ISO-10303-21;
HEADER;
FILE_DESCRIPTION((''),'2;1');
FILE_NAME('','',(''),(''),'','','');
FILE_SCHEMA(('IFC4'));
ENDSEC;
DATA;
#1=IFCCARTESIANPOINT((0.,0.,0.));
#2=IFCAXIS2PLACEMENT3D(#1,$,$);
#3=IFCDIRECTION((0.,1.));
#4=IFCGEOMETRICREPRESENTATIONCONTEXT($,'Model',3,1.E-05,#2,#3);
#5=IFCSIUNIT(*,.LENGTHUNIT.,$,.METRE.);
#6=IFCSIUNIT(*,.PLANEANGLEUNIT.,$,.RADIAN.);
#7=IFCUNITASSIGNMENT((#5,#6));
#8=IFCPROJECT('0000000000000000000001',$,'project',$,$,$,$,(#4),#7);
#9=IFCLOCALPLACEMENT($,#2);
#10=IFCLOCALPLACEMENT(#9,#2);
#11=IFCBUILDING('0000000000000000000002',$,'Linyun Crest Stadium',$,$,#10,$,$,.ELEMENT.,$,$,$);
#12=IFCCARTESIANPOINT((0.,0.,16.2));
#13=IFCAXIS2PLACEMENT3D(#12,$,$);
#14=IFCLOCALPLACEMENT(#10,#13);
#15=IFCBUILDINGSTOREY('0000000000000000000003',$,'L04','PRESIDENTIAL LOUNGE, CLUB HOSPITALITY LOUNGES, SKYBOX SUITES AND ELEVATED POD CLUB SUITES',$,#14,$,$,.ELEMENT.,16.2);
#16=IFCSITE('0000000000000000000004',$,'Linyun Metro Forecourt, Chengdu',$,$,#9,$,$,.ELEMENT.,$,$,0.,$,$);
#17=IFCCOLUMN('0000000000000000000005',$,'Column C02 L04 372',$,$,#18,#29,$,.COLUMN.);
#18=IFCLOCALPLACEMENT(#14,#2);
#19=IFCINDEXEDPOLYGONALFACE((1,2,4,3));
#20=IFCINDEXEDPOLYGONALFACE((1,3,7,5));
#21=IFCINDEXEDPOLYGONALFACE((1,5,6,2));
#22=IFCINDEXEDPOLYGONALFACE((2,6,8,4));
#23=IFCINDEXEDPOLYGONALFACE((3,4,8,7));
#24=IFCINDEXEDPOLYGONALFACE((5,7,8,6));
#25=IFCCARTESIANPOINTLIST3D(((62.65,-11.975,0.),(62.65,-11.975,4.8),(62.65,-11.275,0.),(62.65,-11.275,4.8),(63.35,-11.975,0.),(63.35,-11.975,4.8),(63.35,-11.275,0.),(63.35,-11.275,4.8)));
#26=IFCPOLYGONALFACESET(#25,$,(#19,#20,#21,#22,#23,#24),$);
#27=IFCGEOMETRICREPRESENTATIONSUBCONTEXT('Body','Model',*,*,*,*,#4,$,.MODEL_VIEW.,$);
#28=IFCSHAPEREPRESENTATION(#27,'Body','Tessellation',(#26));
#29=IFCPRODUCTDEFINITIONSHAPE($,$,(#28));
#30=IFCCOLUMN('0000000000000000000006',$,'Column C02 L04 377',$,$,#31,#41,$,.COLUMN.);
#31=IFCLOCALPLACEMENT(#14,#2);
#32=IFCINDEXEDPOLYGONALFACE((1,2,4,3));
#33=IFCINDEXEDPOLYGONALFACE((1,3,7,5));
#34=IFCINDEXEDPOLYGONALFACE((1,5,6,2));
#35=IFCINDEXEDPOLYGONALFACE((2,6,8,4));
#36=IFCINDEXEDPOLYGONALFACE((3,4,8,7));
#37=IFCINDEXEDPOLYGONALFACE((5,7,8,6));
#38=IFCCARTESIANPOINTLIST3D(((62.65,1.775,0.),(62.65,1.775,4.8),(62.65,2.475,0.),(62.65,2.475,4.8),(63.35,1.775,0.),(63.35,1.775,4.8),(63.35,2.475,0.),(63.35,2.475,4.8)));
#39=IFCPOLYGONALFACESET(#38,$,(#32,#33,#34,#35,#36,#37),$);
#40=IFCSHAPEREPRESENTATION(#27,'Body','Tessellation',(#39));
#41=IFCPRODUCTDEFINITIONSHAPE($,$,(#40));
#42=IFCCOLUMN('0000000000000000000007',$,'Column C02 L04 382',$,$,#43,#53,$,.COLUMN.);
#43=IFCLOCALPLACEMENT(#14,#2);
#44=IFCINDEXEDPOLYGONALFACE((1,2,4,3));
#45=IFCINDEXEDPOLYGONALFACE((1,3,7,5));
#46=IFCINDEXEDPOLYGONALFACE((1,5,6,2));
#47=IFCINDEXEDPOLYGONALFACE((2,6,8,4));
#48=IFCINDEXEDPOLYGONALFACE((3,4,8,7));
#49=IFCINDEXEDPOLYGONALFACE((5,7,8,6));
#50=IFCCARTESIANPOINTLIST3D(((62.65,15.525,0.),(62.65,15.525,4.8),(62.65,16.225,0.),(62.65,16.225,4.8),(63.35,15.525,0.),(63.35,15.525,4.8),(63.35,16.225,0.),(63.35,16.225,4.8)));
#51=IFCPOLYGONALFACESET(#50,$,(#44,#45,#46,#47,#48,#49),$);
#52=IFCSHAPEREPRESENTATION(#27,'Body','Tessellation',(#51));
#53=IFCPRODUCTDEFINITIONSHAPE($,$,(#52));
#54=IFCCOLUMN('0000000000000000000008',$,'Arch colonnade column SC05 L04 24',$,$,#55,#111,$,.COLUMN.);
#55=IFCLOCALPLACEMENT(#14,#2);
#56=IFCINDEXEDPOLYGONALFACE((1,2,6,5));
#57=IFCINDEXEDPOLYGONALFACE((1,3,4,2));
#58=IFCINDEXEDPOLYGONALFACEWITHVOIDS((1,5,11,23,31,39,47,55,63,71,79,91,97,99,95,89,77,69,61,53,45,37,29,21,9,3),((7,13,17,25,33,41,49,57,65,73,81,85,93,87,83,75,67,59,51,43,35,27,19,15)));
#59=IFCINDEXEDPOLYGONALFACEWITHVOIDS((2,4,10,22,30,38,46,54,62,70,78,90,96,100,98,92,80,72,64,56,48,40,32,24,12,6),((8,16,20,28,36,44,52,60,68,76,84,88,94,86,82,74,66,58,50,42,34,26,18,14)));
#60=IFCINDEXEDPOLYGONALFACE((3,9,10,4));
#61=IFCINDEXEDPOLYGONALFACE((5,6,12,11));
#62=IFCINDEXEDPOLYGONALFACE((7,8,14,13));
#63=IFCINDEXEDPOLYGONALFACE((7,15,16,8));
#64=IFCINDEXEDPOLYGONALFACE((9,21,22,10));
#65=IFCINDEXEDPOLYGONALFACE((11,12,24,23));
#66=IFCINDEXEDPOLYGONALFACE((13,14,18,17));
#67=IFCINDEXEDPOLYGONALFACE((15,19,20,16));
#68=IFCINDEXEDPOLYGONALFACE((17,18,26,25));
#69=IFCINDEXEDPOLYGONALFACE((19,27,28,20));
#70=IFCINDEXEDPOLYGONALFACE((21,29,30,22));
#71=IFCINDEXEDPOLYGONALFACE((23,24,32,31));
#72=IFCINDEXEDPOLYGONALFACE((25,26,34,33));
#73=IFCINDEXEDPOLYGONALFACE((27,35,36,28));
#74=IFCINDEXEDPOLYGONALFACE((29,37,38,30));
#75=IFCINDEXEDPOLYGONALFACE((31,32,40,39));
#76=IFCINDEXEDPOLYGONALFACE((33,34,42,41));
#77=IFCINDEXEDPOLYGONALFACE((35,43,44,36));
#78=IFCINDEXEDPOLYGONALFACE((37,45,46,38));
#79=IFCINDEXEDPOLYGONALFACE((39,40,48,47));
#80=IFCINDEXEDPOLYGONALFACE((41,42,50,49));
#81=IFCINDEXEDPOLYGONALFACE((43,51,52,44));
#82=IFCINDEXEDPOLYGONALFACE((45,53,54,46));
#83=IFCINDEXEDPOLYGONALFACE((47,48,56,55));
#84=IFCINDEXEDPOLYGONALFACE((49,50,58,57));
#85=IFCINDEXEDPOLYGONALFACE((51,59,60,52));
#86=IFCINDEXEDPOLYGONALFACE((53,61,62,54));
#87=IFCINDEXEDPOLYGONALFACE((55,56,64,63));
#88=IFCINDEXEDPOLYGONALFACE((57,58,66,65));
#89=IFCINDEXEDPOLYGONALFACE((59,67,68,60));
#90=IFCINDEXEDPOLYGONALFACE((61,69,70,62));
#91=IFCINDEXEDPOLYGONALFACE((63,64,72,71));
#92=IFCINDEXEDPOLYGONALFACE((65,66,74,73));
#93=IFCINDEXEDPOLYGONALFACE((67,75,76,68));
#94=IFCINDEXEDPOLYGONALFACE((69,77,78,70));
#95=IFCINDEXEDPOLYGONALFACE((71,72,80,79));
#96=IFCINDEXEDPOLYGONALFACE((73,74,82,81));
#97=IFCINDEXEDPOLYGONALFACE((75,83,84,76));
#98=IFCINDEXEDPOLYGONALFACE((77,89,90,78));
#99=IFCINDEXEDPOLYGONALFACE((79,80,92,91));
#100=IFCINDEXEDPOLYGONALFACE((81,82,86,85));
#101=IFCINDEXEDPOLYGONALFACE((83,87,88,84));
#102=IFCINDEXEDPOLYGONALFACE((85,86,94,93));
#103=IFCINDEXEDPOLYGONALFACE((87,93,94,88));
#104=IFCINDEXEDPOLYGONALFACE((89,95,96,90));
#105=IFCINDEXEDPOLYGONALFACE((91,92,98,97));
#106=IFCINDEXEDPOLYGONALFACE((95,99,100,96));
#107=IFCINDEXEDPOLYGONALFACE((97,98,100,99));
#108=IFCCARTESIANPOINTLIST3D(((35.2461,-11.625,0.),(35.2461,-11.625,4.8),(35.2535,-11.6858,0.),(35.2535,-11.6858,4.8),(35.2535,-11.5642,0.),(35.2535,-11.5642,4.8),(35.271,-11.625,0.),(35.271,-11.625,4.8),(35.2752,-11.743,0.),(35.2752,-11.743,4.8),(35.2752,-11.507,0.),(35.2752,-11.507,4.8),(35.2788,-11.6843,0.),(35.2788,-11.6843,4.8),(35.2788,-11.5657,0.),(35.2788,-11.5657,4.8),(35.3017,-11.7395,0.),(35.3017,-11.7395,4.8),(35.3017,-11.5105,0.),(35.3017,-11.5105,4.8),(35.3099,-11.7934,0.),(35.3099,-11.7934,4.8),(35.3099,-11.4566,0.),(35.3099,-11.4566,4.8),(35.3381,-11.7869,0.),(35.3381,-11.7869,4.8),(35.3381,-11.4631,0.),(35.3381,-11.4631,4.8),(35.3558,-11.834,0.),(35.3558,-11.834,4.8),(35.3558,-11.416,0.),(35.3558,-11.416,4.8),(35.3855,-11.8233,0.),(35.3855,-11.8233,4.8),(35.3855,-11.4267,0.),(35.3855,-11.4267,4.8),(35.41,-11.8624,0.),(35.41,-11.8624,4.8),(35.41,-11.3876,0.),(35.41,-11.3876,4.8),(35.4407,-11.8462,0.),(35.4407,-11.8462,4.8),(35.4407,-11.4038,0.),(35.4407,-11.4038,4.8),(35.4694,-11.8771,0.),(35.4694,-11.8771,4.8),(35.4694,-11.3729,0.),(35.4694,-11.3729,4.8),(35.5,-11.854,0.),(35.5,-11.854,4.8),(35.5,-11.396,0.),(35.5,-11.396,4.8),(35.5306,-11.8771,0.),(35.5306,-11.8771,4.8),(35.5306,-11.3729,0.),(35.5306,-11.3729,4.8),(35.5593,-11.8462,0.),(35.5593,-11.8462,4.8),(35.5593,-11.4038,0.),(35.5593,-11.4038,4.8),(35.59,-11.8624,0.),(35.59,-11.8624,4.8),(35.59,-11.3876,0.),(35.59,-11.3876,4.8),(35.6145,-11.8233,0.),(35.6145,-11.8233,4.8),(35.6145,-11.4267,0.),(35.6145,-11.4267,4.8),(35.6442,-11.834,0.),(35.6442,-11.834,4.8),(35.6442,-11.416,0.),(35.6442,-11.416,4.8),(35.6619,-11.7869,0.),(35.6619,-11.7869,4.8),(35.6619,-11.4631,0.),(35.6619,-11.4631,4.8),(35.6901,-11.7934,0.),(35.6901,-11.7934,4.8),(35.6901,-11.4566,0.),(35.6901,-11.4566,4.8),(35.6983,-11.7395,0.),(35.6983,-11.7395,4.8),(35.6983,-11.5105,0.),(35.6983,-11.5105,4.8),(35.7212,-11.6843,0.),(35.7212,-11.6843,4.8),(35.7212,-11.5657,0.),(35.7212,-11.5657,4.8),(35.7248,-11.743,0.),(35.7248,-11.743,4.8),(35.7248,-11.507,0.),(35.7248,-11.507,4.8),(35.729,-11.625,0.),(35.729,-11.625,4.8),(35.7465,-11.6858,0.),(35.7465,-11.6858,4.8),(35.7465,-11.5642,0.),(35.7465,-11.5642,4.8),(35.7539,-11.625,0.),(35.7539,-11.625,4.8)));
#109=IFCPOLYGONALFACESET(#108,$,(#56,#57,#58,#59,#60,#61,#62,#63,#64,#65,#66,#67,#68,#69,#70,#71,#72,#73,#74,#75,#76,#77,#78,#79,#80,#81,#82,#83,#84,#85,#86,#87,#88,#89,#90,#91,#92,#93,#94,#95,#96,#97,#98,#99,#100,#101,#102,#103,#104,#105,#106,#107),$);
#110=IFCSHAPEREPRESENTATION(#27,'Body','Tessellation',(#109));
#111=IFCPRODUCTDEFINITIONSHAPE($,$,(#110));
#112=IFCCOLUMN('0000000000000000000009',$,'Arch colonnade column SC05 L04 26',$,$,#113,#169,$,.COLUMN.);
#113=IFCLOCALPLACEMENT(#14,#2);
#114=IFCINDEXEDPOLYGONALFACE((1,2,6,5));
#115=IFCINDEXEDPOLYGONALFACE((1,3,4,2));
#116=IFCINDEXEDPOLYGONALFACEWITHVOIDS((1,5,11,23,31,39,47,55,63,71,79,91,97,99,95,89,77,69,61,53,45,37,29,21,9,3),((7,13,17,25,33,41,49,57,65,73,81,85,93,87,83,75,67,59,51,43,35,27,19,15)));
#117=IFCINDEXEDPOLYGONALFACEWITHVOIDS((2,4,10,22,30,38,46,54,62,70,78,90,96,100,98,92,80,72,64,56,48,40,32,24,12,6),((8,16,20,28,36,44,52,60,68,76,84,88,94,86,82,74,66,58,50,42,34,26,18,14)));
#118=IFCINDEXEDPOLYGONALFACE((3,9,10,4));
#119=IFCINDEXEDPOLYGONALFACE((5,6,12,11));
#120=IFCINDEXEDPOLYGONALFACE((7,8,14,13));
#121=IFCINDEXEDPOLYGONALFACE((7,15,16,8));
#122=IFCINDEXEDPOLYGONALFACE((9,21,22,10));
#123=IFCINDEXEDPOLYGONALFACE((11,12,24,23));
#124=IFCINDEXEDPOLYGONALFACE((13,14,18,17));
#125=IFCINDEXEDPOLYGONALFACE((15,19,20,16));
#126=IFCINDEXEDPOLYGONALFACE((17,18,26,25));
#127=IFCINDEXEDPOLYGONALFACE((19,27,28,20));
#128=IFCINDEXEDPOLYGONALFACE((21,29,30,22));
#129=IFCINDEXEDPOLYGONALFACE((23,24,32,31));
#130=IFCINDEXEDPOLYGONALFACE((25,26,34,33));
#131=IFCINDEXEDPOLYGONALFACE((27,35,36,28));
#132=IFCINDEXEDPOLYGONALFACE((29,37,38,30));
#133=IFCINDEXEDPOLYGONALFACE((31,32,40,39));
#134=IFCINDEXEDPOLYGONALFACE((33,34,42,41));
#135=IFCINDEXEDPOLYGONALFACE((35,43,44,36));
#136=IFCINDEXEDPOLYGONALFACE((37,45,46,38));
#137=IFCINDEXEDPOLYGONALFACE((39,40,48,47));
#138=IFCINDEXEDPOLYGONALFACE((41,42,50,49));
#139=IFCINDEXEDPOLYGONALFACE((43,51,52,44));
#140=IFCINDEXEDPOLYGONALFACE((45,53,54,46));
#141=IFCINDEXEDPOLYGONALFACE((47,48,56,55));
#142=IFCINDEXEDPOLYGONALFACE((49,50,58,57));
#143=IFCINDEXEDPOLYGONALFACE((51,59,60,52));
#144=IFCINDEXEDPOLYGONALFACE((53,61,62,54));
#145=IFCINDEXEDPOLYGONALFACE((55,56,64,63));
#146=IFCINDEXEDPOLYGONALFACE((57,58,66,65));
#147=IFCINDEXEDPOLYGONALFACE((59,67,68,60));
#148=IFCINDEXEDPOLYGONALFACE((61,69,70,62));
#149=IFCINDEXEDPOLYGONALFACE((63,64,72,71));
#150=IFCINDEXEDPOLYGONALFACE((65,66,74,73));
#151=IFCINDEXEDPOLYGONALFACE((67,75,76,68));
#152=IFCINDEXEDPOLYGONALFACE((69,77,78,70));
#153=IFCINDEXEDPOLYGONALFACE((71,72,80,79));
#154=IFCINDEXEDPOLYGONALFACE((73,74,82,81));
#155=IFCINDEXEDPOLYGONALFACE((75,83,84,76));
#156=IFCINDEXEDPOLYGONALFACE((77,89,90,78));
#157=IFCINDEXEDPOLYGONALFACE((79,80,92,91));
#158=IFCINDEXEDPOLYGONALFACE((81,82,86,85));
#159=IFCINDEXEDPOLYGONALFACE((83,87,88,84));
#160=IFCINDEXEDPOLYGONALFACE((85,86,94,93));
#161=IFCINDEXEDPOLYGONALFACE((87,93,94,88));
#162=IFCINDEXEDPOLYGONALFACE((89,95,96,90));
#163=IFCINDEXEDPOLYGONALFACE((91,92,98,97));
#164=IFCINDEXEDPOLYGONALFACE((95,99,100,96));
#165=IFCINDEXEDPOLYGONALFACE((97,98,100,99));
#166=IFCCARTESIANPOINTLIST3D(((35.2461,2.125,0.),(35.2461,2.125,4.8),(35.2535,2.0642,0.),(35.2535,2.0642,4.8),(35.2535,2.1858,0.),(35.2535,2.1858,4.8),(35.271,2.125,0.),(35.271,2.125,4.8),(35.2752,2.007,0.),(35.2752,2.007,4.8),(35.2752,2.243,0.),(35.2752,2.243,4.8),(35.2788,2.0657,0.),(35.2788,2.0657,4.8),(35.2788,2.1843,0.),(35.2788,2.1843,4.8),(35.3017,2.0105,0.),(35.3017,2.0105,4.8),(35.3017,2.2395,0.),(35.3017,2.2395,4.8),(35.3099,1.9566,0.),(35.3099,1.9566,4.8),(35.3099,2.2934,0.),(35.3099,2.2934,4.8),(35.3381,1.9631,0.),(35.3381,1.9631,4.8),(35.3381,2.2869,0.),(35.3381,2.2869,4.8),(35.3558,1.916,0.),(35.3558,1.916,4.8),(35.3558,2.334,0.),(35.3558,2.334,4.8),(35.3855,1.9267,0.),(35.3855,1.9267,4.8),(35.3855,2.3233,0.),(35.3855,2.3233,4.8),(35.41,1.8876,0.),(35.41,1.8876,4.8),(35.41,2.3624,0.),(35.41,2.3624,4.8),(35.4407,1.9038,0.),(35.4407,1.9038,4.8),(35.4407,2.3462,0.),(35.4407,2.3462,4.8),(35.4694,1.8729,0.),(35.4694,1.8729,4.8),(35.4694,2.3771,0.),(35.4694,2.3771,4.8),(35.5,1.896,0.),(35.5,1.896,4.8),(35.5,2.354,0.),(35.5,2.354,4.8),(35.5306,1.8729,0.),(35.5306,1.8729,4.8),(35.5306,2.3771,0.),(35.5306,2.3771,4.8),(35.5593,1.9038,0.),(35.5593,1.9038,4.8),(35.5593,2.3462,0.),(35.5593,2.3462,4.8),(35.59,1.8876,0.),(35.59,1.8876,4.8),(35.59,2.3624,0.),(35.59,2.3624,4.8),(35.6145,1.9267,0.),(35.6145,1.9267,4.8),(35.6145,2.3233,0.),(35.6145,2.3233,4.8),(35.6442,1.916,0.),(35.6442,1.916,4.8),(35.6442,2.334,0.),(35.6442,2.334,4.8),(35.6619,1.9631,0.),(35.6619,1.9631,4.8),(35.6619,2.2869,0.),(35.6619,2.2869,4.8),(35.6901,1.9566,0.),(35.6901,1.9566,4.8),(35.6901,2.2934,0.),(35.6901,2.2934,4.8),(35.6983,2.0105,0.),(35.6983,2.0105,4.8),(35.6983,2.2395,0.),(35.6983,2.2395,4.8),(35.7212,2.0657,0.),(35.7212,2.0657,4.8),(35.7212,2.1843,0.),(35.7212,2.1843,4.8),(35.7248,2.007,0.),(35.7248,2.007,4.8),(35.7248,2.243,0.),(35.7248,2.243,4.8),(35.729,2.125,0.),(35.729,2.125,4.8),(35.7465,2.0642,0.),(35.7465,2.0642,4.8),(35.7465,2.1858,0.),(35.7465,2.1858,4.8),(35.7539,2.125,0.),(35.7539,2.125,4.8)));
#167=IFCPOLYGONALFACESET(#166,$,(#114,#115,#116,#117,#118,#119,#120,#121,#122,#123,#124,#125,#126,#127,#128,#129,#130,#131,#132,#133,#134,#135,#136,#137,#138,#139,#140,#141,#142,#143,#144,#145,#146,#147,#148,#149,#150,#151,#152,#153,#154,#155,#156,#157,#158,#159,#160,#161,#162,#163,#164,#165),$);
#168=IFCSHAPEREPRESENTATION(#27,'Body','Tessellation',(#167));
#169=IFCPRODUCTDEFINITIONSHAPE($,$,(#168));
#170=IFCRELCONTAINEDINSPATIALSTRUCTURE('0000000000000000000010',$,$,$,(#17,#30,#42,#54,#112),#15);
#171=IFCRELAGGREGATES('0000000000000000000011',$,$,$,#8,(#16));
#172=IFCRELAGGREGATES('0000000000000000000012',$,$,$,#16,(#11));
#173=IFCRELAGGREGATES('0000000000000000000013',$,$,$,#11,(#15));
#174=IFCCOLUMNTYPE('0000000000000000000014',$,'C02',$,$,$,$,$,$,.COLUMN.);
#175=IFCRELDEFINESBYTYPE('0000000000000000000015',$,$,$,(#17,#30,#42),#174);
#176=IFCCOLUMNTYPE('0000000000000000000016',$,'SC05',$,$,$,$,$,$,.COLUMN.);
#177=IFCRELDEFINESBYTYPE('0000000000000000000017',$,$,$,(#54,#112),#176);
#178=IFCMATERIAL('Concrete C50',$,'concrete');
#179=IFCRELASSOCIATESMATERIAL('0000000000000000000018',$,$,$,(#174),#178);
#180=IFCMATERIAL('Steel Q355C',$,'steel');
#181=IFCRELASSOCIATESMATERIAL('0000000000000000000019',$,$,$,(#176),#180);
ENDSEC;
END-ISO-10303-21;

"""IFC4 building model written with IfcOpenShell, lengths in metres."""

from ifc_helpers import new_model, si_unit, direction, frame, origin, origin_2d, place, context, subcontext, project, spatial, rectangle, hollow_circle, extrude, material, material_profile, profile_set, type_object, element, save


model = new_model("IFC4")

# Units and contexts
model_context = context("Model", 3, precision=1e-05, world=origin(), true_north=direction((0.0, 1.0)))
body_context = subcontext(model_context, "Body", "Model", "MODEL_VIEW")
ifc_project = project(units=[si_unit("LENGTHUNIT", "METRE"), si_unit("PLANEANGLEUNIT", "RADIAN")], contexts=[model_context])

# Site, building, storey
site_placement = place(None, origin())
site = spatial("IfcSite", under=ifc_project, at=site_placement, Name="Linyun Metro Forecourt, Chengdu", CompositionType="ELEMENT", RefElevation=0.0)
building_placement = place(site_placement, origin())
building = spatial("IfcBuilding", under=site, at=building_placement, Name="Linyun Crest Stadium", CompositionType="ELEMENT")
storey_placement = place(building_placement, frame((0.0, 0.0, 16.2)))
storey = spatial("IfcBuildingStorey", under=building, at=storey_placement, Name="L04", Description="PRESIDENTIAL LOUNGE, CLUB HOSPITALITY LOUNGES, SKYBOX SUITES AND ELEVATED POD CLUB SUITES", CompositionType="ELEMENT", Elevation=16.2)

# Columns
ifc_material_1 = material(Name="Concrete C50", Category="concrete")
ifc_material_profile_1 = material_profile(ifc_material_1, rectangle(XDim=0.7, YDim=0.7, at=origin_2d()), Name="RC 700x700")
ifc_profile_set_1 = profile_set([ifc_material_profile_1], Name="Concrete C50")
column_type_1 = type_object("IfcColumnType", Name="C02", PredefinedType="COLUMN", material=ifc_profile_set_1)
for number, where, z_axis, x_axis, name in (
    (1, (63.0, -11.625, 0.0), (0.0, 0.0, 1.0), (1.0, 0.0, 0.0), "Column C02 L04 372"),
    (2, (63.0, 2.125, 0.0), (0.0, 0.0, 1.0), (1.0, 0.0, 0.0), "Column C02 L04 377"),
    (3, (63.0, 15.875, 0.0), (0.0, 0.0, 1.0), (1.0, 0.0, 0.0), "Column C02 L04 382"),
):
    element("IfcColumn", number, at=place(storey_placement, frame(where, z_axis=z_axis, x_axis=x_axis)), inside=storey, type_object=column_type_1, Name=name, PredefinedType="COLUMN", context=body_context, shape_type="SweptSolid", body=[
        extrude(rectangle(XDim=0.7, YDim=0.7, at=origin_2d()), origin(), (0.0, 0.0, 1.0), 4.8),
    ])
ifc_material_2 = material(Name="Steel Q355C", Category="steel")
ifc_material_profile_2 = material_profile(ifc_material_2, hollow_circle(Radius=0.2539, WallThickness=0.0249, at=origin_2d()), Name="CHS 508x25")
ifc_profile_set_2 = profile_set([ifc_material_profile_2], Name="Steel Q355C")
column_type_2 = type_object("IfcColumnType", Name="SC05", PredefinedType="COLUMN", material=ifc_profile_set_2)
for number, where, z_axis, x_axis, name in (
    (4, (35.5, -11.625, 0.0), (0.0, 0.0, 1.0), (1.0, 0.0, 0.0), "Arch colonnade column SC05 L04 24"),
    (5, (35.5, 2.125, 0.0), (0.0, 0.0, 1.0), (1.0, 0.0, 0.0), "Arch colonnade column SC05 L04 26"),
):
    element("IfcColumn", number, at=place(storey_placement, frame(where, z_axis=z_axis, x_axis=x_axis)), inside=storey, type_object=column_type_2, Name=name, PredefinedType="COLUMN", context=body_context, shape_type="SweptSolid", body=[
        extrude(hollow_circle(Radius=0.2539, WallThickness=0.0249, at=origin_2d()), origin(), (0.0, 0.0, 1.0), 4.8),
    ])

save(model, "model.ifc")
